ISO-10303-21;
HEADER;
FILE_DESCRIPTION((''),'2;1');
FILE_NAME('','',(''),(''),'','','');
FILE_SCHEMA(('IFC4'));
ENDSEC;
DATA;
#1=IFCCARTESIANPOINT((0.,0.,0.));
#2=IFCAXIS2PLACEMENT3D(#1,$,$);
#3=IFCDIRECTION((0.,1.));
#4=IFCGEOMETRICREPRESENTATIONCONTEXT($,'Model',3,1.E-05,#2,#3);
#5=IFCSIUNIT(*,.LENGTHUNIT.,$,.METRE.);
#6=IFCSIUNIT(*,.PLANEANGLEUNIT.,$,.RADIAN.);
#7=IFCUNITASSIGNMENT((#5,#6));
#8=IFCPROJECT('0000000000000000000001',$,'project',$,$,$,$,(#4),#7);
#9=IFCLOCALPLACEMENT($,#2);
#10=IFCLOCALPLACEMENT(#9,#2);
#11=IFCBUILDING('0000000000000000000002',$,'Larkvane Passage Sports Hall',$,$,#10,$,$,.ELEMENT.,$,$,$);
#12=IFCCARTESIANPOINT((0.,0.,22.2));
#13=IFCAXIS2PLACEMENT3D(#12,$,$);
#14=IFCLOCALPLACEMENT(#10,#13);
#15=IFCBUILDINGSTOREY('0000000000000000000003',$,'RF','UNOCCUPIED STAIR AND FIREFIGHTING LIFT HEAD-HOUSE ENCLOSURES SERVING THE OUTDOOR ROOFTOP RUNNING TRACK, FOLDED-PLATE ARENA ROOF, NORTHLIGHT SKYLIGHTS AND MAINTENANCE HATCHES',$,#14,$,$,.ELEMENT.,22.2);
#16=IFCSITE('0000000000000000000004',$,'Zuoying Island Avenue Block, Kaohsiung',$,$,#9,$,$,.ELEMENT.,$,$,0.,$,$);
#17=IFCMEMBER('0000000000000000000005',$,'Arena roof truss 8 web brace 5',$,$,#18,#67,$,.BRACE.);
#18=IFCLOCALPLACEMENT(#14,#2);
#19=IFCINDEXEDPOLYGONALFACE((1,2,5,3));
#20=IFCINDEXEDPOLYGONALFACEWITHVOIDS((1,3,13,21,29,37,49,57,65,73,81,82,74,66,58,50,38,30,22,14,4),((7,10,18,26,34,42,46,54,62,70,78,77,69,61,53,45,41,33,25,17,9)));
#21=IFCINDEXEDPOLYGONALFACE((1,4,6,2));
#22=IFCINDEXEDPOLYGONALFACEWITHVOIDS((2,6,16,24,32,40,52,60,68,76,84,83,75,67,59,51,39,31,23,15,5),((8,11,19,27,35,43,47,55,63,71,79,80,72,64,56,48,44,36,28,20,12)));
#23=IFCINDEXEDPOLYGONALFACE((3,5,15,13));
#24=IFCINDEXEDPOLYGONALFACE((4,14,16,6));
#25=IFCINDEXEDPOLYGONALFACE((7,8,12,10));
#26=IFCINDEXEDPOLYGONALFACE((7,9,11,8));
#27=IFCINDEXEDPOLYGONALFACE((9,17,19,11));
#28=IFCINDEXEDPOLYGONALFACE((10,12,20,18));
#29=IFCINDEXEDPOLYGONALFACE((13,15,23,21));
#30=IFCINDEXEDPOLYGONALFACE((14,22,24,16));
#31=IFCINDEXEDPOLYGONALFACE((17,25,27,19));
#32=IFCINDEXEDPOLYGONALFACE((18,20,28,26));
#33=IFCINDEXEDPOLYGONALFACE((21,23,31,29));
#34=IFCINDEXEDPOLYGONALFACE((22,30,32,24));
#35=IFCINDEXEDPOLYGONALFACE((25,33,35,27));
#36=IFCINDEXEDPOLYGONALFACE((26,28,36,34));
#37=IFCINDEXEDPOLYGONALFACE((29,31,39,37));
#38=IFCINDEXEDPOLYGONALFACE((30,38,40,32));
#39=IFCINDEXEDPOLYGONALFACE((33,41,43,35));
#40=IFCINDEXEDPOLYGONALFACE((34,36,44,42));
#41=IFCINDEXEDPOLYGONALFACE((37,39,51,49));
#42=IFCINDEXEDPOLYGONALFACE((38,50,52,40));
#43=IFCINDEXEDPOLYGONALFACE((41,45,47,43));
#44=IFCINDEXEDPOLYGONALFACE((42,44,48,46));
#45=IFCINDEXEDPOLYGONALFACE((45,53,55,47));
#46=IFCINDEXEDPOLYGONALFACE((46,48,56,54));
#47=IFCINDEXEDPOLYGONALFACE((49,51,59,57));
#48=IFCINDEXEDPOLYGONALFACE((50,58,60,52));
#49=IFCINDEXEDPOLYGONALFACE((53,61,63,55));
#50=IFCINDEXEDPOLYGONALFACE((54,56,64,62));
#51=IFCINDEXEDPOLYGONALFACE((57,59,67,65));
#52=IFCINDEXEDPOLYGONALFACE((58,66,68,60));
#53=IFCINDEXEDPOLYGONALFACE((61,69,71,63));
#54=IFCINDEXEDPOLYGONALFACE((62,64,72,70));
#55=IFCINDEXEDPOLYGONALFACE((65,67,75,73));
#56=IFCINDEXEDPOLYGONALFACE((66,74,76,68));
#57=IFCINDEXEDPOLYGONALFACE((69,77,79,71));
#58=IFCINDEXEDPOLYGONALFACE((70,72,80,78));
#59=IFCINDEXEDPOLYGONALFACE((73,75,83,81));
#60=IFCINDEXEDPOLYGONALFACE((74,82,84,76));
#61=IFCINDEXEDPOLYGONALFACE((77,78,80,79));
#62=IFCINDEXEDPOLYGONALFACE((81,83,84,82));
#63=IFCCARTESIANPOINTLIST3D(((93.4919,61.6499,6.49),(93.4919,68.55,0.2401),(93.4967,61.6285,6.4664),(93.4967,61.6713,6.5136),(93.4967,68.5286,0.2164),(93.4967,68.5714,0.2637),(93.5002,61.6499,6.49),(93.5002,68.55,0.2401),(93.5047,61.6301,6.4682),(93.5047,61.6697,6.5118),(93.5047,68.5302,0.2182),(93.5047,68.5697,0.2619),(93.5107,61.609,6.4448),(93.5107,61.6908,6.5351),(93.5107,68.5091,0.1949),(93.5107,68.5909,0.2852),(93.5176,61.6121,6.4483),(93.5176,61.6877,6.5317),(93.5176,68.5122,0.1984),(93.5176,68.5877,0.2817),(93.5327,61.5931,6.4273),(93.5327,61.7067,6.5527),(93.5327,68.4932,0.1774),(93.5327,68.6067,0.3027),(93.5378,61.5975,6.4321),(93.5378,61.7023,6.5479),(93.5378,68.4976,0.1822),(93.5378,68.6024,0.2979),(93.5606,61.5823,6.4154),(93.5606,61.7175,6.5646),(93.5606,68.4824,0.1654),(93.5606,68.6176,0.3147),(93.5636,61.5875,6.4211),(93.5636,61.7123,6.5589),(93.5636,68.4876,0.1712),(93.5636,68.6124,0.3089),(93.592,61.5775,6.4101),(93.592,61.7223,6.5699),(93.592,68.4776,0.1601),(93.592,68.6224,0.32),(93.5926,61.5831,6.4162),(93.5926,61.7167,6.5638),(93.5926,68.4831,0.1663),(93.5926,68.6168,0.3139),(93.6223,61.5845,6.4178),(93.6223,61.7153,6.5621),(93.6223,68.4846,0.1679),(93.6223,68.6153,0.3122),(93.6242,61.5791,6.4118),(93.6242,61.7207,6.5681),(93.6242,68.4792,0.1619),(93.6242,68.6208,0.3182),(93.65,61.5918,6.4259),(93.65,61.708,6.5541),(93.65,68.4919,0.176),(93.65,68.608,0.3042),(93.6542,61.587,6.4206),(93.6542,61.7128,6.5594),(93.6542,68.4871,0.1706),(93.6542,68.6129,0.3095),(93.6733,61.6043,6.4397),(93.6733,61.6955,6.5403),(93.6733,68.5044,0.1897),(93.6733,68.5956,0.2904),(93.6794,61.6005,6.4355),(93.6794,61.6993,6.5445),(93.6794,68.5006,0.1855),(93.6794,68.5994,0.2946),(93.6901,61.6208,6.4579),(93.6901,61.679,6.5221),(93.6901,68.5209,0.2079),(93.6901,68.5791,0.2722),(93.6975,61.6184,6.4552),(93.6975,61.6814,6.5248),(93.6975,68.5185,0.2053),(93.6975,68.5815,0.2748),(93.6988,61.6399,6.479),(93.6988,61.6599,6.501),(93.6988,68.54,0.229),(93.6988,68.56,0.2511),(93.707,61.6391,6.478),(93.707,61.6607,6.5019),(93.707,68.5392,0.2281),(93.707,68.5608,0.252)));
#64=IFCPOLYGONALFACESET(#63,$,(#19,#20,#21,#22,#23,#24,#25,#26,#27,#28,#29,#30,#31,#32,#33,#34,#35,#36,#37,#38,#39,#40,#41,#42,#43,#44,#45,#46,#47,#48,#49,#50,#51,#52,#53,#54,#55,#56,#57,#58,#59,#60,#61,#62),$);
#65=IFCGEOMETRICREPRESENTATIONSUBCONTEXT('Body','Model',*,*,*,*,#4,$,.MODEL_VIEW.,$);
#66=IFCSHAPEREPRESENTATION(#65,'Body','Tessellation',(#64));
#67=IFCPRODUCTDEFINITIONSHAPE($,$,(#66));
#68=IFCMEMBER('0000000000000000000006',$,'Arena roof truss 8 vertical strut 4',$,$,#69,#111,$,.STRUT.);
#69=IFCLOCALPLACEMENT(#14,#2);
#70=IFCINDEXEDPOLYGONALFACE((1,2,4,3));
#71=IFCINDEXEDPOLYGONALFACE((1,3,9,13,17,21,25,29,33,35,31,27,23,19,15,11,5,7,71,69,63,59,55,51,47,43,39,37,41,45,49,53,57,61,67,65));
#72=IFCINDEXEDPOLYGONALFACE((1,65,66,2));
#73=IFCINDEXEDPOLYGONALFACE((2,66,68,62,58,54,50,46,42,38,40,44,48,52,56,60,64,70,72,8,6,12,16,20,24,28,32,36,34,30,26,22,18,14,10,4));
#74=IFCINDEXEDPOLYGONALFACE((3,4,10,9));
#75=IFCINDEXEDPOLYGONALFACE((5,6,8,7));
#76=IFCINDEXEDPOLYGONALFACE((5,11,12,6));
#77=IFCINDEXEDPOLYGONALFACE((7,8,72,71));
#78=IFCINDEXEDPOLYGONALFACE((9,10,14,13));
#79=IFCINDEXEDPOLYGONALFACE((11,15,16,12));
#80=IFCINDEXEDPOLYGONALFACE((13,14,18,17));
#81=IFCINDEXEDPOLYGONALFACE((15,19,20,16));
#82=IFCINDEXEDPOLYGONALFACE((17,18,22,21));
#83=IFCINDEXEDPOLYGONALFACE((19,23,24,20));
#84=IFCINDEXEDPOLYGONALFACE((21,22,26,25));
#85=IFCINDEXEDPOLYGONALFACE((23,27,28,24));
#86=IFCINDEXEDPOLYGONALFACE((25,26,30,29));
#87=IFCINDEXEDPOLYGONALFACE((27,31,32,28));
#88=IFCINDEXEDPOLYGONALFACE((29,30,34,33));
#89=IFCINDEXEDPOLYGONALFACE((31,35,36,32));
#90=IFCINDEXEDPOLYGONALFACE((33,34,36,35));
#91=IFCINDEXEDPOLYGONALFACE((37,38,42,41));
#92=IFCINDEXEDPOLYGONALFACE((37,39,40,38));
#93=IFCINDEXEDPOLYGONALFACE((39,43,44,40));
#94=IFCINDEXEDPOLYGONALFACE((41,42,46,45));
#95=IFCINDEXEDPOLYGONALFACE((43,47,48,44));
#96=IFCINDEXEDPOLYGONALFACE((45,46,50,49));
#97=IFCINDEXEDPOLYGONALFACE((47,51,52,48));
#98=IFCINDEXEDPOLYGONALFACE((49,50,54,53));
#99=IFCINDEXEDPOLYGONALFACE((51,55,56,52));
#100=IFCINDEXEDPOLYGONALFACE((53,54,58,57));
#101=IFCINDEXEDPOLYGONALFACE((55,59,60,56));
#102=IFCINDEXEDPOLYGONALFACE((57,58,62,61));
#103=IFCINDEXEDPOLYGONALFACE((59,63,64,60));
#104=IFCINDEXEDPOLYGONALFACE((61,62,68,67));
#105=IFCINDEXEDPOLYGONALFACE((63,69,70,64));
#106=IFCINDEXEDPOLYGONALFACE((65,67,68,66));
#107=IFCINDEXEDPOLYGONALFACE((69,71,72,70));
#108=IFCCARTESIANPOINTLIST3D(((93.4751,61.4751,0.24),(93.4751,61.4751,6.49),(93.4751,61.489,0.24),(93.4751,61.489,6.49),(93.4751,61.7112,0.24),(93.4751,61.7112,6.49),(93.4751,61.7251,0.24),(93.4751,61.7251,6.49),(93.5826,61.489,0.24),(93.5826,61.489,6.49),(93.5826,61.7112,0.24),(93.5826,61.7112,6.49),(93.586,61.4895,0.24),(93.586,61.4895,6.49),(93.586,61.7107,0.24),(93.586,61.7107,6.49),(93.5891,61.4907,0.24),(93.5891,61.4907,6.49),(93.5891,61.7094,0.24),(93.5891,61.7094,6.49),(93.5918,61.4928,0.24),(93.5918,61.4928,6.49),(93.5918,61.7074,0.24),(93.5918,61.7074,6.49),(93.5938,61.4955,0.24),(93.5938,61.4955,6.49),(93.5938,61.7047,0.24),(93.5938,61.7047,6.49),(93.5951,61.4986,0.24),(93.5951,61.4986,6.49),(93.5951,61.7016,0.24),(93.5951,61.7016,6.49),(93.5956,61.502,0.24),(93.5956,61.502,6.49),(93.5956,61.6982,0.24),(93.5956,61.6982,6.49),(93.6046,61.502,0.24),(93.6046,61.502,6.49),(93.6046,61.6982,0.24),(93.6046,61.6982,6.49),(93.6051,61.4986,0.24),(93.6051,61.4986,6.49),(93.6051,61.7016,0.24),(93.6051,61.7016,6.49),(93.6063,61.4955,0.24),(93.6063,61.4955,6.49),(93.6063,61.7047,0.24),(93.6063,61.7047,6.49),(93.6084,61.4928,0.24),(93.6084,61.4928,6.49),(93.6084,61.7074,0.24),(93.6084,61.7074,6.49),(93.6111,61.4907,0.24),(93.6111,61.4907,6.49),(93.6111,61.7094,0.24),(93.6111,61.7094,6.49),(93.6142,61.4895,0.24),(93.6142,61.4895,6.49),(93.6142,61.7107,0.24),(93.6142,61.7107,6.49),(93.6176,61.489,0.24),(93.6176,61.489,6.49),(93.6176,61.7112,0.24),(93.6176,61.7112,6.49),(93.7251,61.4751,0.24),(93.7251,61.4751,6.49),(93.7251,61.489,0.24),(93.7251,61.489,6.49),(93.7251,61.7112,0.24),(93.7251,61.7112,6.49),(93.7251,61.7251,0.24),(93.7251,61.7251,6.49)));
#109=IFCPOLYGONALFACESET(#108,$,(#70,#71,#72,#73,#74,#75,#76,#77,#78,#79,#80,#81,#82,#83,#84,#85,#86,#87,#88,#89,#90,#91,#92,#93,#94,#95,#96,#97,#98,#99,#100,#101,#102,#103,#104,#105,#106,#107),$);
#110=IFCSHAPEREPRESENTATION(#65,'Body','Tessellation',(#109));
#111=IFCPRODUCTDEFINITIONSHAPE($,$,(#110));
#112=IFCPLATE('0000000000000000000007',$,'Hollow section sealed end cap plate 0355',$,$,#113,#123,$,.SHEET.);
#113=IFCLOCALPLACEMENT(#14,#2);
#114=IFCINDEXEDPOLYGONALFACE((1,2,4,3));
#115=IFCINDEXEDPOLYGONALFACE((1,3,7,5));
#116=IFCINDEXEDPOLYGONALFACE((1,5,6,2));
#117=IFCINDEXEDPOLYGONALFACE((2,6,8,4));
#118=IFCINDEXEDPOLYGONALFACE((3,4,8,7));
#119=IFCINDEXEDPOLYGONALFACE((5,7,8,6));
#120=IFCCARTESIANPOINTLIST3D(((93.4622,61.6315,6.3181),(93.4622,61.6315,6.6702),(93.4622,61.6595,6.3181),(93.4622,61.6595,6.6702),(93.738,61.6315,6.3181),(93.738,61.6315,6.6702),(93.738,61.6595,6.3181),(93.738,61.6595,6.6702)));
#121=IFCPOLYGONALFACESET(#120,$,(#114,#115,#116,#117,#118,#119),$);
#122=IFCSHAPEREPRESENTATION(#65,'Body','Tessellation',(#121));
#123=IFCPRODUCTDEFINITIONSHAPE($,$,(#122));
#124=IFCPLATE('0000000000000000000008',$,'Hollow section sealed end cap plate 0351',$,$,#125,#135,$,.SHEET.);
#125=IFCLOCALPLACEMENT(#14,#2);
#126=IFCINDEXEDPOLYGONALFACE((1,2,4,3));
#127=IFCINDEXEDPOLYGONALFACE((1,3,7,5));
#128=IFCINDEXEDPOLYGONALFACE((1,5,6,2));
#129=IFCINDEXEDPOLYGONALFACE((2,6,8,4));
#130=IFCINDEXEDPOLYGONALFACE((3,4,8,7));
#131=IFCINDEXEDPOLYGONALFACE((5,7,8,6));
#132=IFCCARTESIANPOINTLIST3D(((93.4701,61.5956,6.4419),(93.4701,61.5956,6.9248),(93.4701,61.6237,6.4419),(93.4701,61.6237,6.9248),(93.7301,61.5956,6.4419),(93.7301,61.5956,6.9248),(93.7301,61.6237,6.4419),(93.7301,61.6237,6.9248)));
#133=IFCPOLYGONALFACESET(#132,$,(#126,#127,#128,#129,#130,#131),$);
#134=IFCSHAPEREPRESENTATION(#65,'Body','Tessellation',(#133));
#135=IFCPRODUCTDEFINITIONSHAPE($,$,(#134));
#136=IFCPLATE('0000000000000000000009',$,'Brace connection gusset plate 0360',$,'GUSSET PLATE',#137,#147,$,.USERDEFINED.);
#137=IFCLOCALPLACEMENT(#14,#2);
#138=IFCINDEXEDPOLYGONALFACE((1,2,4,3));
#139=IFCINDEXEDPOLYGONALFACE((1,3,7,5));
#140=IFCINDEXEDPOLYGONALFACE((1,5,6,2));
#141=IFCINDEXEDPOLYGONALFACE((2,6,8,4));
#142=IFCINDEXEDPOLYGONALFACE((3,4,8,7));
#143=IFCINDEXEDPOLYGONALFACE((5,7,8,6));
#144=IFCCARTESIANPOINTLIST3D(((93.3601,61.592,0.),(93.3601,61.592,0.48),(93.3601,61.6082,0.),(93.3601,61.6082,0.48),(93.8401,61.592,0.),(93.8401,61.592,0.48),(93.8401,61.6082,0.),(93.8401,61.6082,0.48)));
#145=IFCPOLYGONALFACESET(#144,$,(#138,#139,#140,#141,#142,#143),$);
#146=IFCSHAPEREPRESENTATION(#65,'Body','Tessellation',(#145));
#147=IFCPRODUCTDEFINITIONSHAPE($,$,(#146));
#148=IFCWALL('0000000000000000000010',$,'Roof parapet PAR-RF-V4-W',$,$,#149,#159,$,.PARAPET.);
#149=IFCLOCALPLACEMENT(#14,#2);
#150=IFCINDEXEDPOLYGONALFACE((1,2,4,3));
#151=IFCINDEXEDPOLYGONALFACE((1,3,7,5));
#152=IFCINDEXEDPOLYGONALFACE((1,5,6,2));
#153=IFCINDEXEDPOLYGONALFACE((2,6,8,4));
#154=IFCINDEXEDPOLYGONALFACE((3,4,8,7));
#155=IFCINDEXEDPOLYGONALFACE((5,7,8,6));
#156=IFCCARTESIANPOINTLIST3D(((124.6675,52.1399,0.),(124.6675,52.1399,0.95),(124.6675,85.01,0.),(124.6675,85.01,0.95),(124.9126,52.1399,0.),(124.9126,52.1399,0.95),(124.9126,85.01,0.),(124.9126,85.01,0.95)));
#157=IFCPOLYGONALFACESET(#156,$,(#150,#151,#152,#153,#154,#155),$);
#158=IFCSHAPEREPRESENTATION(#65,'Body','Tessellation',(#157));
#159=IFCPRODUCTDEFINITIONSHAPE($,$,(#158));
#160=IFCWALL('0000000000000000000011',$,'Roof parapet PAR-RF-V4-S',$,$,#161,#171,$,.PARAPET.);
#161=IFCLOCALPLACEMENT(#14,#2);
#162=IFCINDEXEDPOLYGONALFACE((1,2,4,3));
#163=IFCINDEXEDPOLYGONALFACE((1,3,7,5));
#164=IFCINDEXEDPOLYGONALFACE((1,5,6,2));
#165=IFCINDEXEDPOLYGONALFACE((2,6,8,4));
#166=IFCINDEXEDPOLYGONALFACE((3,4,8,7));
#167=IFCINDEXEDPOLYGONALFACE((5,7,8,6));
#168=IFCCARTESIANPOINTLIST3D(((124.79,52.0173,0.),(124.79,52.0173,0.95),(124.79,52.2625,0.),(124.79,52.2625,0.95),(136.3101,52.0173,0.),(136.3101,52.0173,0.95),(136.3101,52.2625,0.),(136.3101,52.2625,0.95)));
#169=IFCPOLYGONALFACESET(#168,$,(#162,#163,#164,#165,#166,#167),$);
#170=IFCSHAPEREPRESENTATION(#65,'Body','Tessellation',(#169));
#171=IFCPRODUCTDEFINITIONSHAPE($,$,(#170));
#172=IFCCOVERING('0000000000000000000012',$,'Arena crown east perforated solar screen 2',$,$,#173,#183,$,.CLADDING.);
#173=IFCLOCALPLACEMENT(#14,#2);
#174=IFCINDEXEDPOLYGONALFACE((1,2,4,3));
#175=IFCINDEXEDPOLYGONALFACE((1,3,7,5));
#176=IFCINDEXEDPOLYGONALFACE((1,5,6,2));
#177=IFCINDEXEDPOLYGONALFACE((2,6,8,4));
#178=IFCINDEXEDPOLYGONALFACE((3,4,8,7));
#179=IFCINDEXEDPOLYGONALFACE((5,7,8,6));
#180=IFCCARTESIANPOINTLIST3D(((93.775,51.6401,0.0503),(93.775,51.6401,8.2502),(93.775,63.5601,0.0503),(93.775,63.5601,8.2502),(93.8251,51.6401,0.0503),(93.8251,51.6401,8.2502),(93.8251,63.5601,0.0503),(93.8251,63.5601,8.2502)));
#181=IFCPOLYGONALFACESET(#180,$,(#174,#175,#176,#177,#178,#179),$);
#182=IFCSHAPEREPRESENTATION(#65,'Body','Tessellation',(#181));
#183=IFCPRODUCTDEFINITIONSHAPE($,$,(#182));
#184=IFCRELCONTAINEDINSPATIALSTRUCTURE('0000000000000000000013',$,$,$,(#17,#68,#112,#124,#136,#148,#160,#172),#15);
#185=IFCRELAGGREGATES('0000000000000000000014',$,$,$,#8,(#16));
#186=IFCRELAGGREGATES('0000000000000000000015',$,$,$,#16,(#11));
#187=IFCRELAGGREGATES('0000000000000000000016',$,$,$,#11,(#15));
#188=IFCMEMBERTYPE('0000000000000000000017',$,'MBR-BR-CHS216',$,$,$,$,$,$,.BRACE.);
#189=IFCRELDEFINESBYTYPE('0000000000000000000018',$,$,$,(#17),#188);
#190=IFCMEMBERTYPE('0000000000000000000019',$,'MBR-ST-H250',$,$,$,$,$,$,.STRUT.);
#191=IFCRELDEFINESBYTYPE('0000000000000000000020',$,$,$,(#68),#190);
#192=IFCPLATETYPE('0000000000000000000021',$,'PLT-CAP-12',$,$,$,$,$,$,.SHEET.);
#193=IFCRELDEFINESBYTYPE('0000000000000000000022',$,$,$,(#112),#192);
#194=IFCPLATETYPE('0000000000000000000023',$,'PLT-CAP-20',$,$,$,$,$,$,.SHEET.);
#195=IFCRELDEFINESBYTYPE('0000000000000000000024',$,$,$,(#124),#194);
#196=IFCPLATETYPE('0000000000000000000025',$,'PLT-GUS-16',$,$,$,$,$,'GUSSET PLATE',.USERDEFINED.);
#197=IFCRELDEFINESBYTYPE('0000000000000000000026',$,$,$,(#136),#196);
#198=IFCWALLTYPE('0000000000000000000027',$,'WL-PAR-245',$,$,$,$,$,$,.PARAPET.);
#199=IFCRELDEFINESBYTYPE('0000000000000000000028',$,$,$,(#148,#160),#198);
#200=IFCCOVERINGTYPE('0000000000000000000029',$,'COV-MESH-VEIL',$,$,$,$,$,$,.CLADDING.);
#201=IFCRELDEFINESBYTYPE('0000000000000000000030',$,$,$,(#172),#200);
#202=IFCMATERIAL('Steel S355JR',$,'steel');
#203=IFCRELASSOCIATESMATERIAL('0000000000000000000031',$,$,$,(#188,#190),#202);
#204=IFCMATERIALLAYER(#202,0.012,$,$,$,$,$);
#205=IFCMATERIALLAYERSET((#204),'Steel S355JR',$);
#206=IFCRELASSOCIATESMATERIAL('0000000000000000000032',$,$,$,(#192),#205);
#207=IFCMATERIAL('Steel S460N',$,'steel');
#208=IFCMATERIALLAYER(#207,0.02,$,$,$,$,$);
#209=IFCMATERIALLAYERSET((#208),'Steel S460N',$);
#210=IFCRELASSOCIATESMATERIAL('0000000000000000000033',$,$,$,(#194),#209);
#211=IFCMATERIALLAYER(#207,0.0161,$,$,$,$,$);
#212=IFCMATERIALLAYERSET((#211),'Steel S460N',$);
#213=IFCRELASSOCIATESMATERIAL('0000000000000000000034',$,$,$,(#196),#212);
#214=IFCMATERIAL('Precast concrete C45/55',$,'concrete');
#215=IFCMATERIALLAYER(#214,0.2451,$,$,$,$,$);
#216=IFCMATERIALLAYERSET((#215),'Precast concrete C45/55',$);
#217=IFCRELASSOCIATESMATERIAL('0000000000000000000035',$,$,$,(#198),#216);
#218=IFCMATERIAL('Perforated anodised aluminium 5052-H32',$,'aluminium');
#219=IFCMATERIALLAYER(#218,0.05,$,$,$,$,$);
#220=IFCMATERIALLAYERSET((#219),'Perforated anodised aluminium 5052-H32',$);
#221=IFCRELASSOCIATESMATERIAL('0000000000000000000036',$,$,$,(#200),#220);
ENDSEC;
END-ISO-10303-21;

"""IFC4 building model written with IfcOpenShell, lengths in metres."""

from ifc_helpers import new_model, si_unit, direction, frame, frame_2d, origin, origin_2d, place, context, subcontext, project, spatial, rectangle, hollow_circle, i_section, extrude, material, layer, layer_set, material_profile, profile_set, type_object, element, save


model = new_model("IFC4")

# Units and contexts
model_context = context("Model", 3, precision=1e-05, world=origin(), true_north=direction((0.0, 1.0)))
body_context = subcontext(model_context, "Body", "Model", "MODEL_VIEW")
ifc_project = project(units=[si_unit("LENGTHUNIT", "METRE"), si_unit("PLANEANGLEUNIT", "RADIAN")], contexts=[model_context])

# Site, building, storey
site_placement = place(None, origin())
site = spatial("IfcSite", under=ifc_project, at=site_placement, Name="Zuoying Island Avenue Block, Kaohsiung", CompositionType="ELEMENT", RefElevation=0.0)
building_placement = place(site_placement, origin())
building = spatial("IfcBuilding", under=site, at=building_placement, Name="Larkvane Passage Sports Hall", CompositionType="ELEMENT")
storey_placement = place(building_placement, frame((0.0, 0.0, 22.2)))
storey = spatial("IfcBuildingStorey", under=building, at=storey_placement, Name="RF", Description="UNOCCUPIED STAIR AND FIREFIGHTING LIFT HEAD-HOUSE ENCLOSURES SERVING THE OUTDOOR ROOFTOP RUNNING TRACK, FOLDED-PLATE ARENA ROOF, NORTHLIGHT SKYLIGHTS AND MAINTENANCE HATCHES", CompositionType="ELEMENT", Elevation=22.2)

# Shared definitions
ifc_material_1 = material(Name="Steel S355JR", Category="steel")
ifc_material_2 = material(Name="Steel S460N", Category="steel")

# Members
ifc_material_profile_1 = material_profile(ifc_material_1, hollow_circle(Radius=0.1082, WallThickness=0.0083, at=origin_2d()), Name="CHS-216.3x8.2")
ifc_profile_set_1 = profile_set([ifc_material_profile_1], Name="Steel S355JR")
member_type_1 = type_object("IfcMemberType", Name="MBR-BR-CHS216", PredefinedType="BRACE", material=ifc_profile_set_1)
member_1_placement = place(storey_placement, frame((93.6001, 61.6499, 6.49), z_axis=(0.0, 0.741161, -0.671327), x_axis=(-1.0, 0.0, 0.0)))
element("IfcMember", 1, at=member_1_placement, inside=storey, type_object=member_type_1, Name="Arena roof truss 8 web brace 5", PredefinedType="BRACE", context=body_context, shape_type="SweptSolid", body=[
    extrude(hollow_circle(Radius=0.1082, WallThickness=0.0083, at=origin_2d()), origin(), (0.0, 0.0, 1.0), 9.3098),
])
ifc_material_profile_2 = material_profile(ifc_material_1, i_section(OverallWidth=0.25, OverallDepth=0.25, WebThickness=0.009, FlangeThickness=0.0139, FilletRadius=0.0129, at=origin_2d()), Name="H-250x250x9x14")
ifc_profile_set_2 = profile_set([ifc_material_profile_2], Name="Steel S355JR")
member_type_2 = type_object("IfcMemberType", Name="MBR-ST-H250", PredefinedType="STRUT", material=ifc_profile_set_2)
member_2_placement = place(storey_placement, frame((93.6001, 61.6001, 0.24), z_axis=(0.0, 0.0, 1.0), x_axis=(1.0, 0.0, 0.0)))
element("IfcMember", 2, at=member_2_placement, inside=storey, type_object=member_type_2, Name="Arena roof truss 8 vertical strut 4", PredefinedType="STRUT", context=body_context, shape_type="SweptSolid", body=[
    extrude(i_section(OverallWidth=0.25, OverallDepth=0.25, WebThickness=0.009, FlangeThickness=0.0139, FilletRadius=0.0129, at=origin_2d()), origin(), (0.0, 0.0, 1.0), 6.25),
])

# Plates
ifc_layer_1 = layer(ifc_material_1, 0.012)
ifc_layer_set_1 = layer_set([ifc_layer_1], Name="Steel S355JR")
plate_type_1 = type_object("IfcPlateType", Name="PLT-CAP-12", PredefinedType="SHEET", material=ifc_layer_set_1)
plate_1_placement = place(storey_placement, frame((93.6001, 61.6455, 6.3181), z_axis=(0.0, 0.0, 1.0), x_axis=(-1.0, 0.0, 0.0)))
element("IfcPlate", 3, at=plate_1_placement, inside=storey, type_object=plate_type_1, Name="Hollow section sealed end cap plate 0355", PredefinedType="SHEET", context=body_context, shape_type="SweptSolid", body=[
    extrude(rectangle(XDim=0.2759, YDim=0.0281, at=origin_2d()), origin(), (0.0, 0.0, 1.0), 0.3521),
])
ifc_layer_2 = layer(ifc_material_2, 0.02)
ifc_layer_set_2 = layer_set([ifc_layer_2], Name="Steel S460N")
plate_type_2 = type_object("IfcPlateType", Name="PLT-CAP-20", PredefinedType="SHEET", material=ifc_layer_set_2)
plate_2_placement = place(storey_placement, frame((93.6001, 61.6096, 6.4419), z_axis=(0.0, 0.0, 1.0), x_axis=(-1.0, 0.0, 0.0)))
element("IfcPlate", 4, at=plate_2_placement, inside=storey, type_object=plate_type_2, Name="Hollow section sealed end cap plate 0351", PredefinedType="SHEET", context=body_context, shape_type="SweptSolid", body=[
    extrude(rectangle(XDim=0.26, YDim=0.0281, at=origin_2d()), origin(), (0.0, 0.0, 1.0), 0.4829),
])
ifc_layer_3 = layer(ifc_material_2, 0.0161)
ifc_layer_set_3 = layer_set([ifc_layer_3], Name="Steel S460N")
plate_type_3 = type_object("IfcPlateType", Name="PLT-GUS-16", ElementType="GUSSET PLATE", PredefinedType="USERDEFINED", material=ifc_layer_set_3)
plate_3_placement = place(storey_placement, frame((93.6001, 61.6001, 0.0), z_axis=(0.0, 0.0, 1.0), x_axis=(1.0, 0.0, 0.0)))
element("IfcPlate", 5, at=plate_3_placement, inside=storey, type_object=plate_type_3, Name="Brace connection gusset plate 0360", ObjectType="GUSSET PLATE", PredefinedType="USERDEFINED", context=body_context, shape_type="SweptSolid", body=[
    extrude(rectangle(XDim=0.48, YDim=0.0161, at=origin_2d()), origin(), (0.0, 0.0, 1.0), 0.48),
])

# Walls
ifc_material_3 = material(Name="Precast concrete C45/55", Category="concrete")
ifc_layer_4 = layer(ifc_material_3, 0.2451)
ifc_layer_set_4 = layer_set([ifc_layer_4], Name="Precast concrete C45/55")
wall_type = type_object("IfcWallType", Name="WL-PAR-245", PredefinedType="PARAPET", material=ifc_layer_set_4)
wall_1_placement = place(storey_placement, frame((124.79, 52.1399, 0.0), z_axis=(0.0, 0.0, 1.0), x_axis=(0.0, 1.0, 0.0)))
element("IfcWall", 6, at=wall_1_placement, inside=storey, type_object=wall_type, Name="Roof parapet PAR-RF-V4-W", PredefinedType="PARAPET", context=body_context, shape_type="SweptSolid", body=[
    extrude(rectangle(XDim=32.8701, YDim=0.2451, at=frame_2d((16.4351, 0.0))), origin(), (0.0, 0.0, 1.0), 0.95),
])
wall_2_placement = place(storey_placement, frame((124.79, 52.1399, 0.0), z_axis=(0.0, 0.0, 1.0), x_axis=(1.0, 0.0, 0.0)))
element("IfcWall", 7, at=wall_2_placement, inside=storey, type_object=wall_type, Name="Roof parapet PAR-RF-V4-S", PredefinedType="PARAPET", context=body_context, shape_type="SweptSolid", body=[
    extrude(rectangle(XDim=11.52, YDim=0.2451, at=frame_2d((5.76, 0.0))), origin(), (0.0, 0.0, 1.0), 0.95),
])

# Covering
ifc_material_4 = material(Name="Perforated anodised aluminium 5052-H32", Category="aluminium")
ifc_layer_5 = layer(ifc_material_4, 0.05)
ifc_layer_set_5 = layer_set([ifc_layer_5], Name="Perforated anodised aluminium 5052-H32")
covering_type = type_object("IfcCoveringType", Name="COV-MESH-VEIL", PredefinedType="CLADDING", material=ifc_layer_set_5)
covering_placement = place(storey_placement, frame((93.8, 57.6001, 0.0503), z_axis=(0.0, 0.0, 1.0), x_axis=(0.0, 1.0, 0.0)))
element("IfcCovering", 8, at=covering_placement, inside=storey, type_object=covering_type, Name="Arena crown east perforated solar screen 2", PredefinedType="CLADDING", context=body_context, shape_type="SweptSolid", body=[
    extrude(rectangle(XDim=11.9199, YDim=0.05, at=origin_2d()), origin(), (0.0, 0.0, 1.0), 8.2),
])

save(model, "model.ifc")
